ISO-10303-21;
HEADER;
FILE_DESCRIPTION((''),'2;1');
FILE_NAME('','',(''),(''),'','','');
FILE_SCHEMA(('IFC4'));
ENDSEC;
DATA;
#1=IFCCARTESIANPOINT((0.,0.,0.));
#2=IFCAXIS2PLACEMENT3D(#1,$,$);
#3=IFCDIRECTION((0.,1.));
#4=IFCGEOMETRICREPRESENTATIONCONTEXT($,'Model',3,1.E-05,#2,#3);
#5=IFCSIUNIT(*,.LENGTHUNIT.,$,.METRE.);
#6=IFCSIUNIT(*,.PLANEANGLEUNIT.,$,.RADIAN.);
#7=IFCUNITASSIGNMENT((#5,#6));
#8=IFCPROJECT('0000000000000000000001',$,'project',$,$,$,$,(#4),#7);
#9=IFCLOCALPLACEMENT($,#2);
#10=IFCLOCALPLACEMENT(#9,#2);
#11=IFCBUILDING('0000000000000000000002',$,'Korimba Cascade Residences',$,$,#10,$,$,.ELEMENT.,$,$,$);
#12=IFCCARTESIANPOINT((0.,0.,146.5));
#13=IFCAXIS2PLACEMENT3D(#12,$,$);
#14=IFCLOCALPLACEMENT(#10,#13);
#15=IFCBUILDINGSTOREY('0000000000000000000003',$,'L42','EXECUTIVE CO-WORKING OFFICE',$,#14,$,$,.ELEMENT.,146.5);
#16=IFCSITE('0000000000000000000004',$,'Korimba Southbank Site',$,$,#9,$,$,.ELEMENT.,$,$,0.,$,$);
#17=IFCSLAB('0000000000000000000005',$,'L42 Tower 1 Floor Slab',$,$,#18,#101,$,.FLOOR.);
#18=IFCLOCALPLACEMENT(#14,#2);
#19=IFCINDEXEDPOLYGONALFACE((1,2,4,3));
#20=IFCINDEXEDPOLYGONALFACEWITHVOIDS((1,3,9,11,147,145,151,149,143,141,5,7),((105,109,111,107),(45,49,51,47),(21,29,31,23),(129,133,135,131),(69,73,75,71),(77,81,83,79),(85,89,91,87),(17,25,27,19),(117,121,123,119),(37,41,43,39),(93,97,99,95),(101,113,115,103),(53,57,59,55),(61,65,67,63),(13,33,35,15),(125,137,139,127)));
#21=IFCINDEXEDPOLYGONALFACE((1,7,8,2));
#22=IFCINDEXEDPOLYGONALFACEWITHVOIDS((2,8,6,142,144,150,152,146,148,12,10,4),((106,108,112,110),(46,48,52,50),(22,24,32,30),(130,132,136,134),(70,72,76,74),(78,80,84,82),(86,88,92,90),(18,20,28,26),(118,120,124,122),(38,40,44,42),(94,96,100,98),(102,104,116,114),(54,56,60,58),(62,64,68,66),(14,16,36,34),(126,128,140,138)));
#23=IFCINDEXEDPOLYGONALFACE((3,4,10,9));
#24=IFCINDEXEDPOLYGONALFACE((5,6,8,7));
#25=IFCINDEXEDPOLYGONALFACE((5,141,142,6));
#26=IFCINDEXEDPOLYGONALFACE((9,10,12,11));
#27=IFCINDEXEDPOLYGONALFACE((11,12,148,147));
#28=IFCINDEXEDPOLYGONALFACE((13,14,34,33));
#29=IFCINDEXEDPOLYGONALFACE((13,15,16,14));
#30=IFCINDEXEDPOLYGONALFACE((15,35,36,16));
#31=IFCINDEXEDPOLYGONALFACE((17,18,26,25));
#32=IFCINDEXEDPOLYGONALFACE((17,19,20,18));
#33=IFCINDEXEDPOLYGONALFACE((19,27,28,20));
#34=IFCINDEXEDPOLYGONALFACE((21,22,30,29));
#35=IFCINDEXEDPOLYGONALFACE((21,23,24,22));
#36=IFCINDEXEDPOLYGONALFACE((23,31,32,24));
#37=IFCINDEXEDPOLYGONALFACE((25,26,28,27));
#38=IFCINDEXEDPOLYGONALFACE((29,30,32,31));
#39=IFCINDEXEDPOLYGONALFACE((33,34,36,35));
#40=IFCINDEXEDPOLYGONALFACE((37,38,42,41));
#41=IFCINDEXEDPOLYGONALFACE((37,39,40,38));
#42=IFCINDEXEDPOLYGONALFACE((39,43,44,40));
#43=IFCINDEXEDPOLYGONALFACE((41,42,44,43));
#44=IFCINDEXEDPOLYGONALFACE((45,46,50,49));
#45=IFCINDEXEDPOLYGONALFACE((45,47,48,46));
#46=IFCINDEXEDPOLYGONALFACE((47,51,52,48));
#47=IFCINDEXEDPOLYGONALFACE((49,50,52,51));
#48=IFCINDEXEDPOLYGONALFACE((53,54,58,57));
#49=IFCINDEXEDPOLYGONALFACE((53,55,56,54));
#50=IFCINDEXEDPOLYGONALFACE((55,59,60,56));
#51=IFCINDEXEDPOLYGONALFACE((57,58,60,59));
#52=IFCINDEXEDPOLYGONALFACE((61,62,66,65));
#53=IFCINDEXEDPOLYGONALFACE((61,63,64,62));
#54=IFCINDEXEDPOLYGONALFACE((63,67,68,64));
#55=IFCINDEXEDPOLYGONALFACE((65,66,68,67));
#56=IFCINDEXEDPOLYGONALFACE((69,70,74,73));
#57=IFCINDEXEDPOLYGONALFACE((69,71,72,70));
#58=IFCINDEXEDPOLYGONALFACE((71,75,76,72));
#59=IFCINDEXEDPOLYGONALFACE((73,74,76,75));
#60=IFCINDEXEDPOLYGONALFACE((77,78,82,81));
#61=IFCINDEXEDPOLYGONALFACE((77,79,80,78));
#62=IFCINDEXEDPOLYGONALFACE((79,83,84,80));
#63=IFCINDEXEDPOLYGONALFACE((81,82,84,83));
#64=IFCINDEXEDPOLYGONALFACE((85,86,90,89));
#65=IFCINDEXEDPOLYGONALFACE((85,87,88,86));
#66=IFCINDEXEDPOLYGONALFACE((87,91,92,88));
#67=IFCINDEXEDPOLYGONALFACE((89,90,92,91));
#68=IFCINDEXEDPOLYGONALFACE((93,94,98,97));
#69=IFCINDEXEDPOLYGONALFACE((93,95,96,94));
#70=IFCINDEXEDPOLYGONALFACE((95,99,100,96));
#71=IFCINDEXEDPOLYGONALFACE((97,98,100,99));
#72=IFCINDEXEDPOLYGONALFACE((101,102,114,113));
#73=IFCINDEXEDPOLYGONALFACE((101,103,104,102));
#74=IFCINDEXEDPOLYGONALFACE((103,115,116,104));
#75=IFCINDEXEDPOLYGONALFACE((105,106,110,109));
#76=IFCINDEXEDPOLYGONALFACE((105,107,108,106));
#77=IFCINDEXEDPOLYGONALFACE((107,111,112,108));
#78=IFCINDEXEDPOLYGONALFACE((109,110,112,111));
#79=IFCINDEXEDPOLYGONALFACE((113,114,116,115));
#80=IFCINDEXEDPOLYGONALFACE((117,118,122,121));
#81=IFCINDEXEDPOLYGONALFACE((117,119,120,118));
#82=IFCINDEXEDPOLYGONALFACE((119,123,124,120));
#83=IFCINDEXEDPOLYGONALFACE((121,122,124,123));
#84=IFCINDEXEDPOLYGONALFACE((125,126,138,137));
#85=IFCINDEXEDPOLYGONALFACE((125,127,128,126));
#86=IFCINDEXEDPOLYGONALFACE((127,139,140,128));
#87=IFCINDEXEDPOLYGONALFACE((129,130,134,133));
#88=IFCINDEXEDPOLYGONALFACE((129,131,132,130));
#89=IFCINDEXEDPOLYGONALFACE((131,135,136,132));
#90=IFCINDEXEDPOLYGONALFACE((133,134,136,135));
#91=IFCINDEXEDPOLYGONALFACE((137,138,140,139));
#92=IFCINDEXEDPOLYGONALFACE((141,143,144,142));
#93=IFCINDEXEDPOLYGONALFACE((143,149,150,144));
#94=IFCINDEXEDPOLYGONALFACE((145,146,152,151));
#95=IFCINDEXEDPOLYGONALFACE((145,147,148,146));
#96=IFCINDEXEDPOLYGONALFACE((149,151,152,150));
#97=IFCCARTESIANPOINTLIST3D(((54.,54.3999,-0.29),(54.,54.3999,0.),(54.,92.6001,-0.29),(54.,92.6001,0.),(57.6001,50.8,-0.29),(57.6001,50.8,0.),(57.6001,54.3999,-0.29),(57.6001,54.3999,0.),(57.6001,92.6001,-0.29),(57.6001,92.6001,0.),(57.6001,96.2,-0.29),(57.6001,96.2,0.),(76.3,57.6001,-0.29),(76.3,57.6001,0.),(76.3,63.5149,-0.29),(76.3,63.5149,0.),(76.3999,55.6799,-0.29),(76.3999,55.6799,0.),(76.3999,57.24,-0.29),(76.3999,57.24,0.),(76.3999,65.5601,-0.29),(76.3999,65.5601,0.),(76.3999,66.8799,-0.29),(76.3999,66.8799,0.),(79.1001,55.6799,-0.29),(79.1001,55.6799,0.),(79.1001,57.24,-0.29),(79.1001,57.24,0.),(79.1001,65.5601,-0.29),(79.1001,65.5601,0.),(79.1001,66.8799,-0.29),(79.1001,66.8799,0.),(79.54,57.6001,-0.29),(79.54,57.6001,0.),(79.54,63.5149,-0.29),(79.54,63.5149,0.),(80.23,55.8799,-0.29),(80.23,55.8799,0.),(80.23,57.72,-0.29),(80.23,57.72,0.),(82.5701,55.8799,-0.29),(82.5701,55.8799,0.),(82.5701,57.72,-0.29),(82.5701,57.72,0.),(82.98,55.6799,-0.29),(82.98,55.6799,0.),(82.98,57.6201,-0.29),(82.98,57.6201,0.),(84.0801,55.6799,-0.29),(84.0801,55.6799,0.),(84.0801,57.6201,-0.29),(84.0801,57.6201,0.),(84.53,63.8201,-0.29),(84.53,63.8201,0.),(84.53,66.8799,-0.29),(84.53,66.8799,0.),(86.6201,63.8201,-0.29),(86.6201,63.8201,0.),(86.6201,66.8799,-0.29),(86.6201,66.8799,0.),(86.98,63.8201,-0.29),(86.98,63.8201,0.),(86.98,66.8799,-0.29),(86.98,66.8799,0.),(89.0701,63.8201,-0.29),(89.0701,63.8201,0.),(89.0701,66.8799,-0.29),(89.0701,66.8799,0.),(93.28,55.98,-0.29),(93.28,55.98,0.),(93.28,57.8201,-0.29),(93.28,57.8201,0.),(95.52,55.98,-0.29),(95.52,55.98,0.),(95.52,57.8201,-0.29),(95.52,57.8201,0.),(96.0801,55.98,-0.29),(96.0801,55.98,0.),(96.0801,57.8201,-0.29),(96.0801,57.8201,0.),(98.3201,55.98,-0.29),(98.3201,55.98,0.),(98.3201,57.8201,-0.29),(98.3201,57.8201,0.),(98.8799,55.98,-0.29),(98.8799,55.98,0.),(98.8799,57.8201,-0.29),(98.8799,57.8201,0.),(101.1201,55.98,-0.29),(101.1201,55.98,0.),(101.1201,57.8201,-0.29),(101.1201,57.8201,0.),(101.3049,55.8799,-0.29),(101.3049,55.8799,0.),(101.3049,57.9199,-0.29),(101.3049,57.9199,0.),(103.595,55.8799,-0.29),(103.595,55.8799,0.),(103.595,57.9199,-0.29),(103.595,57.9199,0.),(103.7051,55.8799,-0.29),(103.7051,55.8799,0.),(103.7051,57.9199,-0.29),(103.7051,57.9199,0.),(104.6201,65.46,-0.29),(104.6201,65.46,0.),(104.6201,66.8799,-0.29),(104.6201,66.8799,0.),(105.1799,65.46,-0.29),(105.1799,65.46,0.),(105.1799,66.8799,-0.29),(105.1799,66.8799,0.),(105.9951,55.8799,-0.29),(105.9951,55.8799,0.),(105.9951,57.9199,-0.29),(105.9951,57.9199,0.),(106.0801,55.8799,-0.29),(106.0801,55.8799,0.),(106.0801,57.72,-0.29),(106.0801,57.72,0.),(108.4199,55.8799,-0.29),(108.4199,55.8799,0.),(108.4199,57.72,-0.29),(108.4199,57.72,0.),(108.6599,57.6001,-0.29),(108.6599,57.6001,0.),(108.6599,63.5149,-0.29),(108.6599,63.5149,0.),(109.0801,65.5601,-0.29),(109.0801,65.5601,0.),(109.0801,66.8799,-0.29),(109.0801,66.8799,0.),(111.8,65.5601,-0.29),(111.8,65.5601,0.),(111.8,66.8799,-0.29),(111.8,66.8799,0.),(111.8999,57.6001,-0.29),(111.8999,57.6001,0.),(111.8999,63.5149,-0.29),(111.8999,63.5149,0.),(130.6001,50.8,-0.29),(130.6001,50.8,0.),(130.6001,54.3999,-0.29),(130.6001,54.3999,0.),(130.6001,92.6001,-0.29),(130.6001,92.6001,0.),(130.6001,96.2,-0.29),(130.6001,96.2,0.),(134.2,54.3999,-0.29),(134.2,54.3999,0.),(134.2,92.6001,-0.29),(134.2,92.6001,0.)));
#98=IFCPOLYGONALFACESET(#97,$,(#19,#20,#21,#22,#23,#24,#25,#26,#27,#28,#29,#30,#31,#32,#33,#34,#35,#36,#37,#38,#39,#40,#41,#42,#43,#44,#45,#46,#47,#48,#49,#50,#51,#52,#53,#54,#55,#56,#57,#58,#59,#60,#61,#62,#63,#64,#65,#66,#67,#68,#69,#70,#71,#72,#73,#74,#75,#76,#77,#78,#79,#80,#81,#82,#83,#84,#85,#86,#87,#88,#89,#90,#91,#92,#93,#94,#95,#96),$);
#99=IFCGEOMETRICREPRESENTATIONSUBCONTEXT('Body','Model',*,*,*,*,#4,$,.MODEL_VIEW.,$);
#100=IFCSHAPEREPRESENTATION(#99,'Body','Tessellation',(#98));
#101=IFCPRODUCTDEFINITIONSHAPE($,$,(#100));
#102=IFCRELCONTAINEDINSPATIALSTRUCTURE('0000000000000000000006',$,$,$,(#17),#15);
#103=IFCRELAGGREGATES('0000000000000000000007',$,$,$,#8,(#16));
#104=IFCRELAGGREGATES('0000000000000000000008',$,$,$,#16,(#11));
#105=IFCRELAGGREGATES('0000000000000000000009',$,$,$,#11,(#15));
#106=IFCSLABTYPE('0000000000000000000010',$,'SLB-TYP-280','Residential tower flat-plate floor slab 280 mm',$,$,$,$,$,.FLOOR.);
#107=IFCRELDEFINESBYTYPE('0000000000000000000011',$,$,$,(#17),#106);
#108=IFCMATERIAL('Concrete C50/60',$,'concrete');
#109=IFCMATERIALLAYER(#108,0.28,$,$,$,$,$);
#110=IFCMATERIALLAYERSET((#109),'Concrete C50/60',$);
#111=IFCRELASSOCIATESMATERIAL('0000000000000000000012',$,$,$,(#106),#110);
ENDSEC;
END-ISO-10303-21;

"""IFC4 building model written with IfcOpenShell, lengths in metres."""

from ifc_helpers import new_model, si_unit, direction, frame, origin, place, context, subcontext, project, spatial, polyline, outline, extrude, material, layer, layer_set, type_object, element, save


model = new_model("IFC4")

# Units and contexts
model_context = context("Model", 3, precision=1e-05, world=origin(), true_north=direction((0.0, 1.0)))
body_context = subcontext(model_context, "Body", "Model", "MODEL_VIEW")
ifc_project = project(units=[si_unit("LENGTHUNIT", "METRE"), si_unit("PLANEANGLEUNIT", "RADIAN")], contexts=[model_context])

# Site, building, storey
site_placement = place(None, origin())
site = spatial("IfcSite", under=ifc_project, at=site_placement, Name="Korimba Southbank Site", CompositionType="ELEMENT", RefElevation=0.0)
building_placement = place(site_placement, origin())
building = spatial("IfcBuilding", under=site, at=building_placement, Name="Korimba Cascade Residences", CompositionType="ELEMENT")
storey_placement = place(building_placement, frame((0.0, 0.0, 146.5)))
storey = spatial("IfcBuildingStorey", under=building, at=storey_placement, Name="L42", Description="EXECUTIVE CO-WORKING OFFICE", CompositionType="ELEMENT", Elevation=146.5)

# Shared definitions
ifc_material_1 = material(Name="Concrete C50/60", Category="concrete")

# Slab
ifc_layer_1 = layer(ifc_material_1, 0.28)
ifc_layer_set_1 = layer_set([ifc_layer_1], Name="Concrete C50/60")
slab_type_1 = type_object("IfcSlabType", Name="SLB-TYP-280", Description="Residential tower flat-plate floor slab 280 mm", PredefinedType="FLOOR", material=ifc_layer_set_1)
slab_1_placement = place(storey_placement, frame((0.0, 0.0, -0.29)))
element("IfcSlab", 1, at=slab_1_placement, inside=storey, type_object=slab_type_1, Name="L42 Tower 1 Floor Slab", PredefinedType="FLOOR", context=body_context, shape_type="SweptSolid", body=[
    extrude(outline(polyline([(57.6001, 50.8), (130.6001, 50.8), (130.6001, 54.3999), (134.2, 54.3999), (134.2, 92.6001), (130.6001, 92.6001), (130.6001, 96.2), (57.6001, 96.2), (57.6001, 92.6001), (54.0, 92.6001), (54.0, 54.3999), (57.6001, 54.3999), (57.6001, 50.8)]), holes=[polyline([(76.3, 63.5149), (76.3, 57.6001), (79.54, 57.6001), (79.54, 63.5149), (76.3, 63.5149)]), polyline([(108.6599, 63.5149), (108.6599, 57.6001), (111.8999, 57.6001), (111.8999, 63.5149), (108.6599, 63.5149)]), polyline([(80.23, 55.8799), (82.5701, 55.8799), (82.5701, 57.72), (80.23, 57.72), (80.23, 55.8799)]), polyline([(106.0801, 55.8799), (108.4199, 55.8799), (108.4199, 57.72), (106.0801, 57.72), (106.0801, 55.8799)]), polyline([(93.28, 55.98), (95.52, 55.98), (95.52, 57.8201), (93.28, 57.8201), (93.28, 55.98)]), polyline([(96.0801, 55.98), (98.3201, 55.98), (98.3201, 57.8201), (96.0801, 57.8201), (96.0801, 55.98)]), polyline([(98.8799, 55.98), (101.1201, 55.98), (101.1201, 57.8201), (98.8799, 57.8201), (98.8799, 55.98)]), polyline([(101.3049, 55.8799), (103.595, 55.8799), (103.595, 57.9199), (101.3049, 57.9199), (101.3049, 55.8799)]), polyline([(103.7051, 55.8799), (105.9951, 55.8799), (105.9951, 57.9199), (103.7051, 57.9199), (103.7051, 55.8799)]), polyline([(82.98, 55.6799), (84.0801, 55.6799), (84.0801, 57.6201), (82.98, 57.6201), (82.98, 55.6799)]), polyline([(76.3999, 65.5601), (79.1001, 65.5601), (79.1001, 66.8799), (76.3999, 66.8799), (76.3999, 65.5601)]), polyline([(76.3999, 55.6799), (79.1001, 55.6799), (79.1001, 57.24), (76.3999, 57.24), (76.3999, 55.6799)]), polyline([(84.53, 63.8201), (86.6201, 63.8201), (86.6201, 66.8799), (84.53, 66.8799), (84.53, 63.8201)]), polyline([(86.98, 63.8201), (89.0701, 63.8201), (89.0701, 66.8799), (86.98, 66.8799), (86.98, 63.8201)]), polyline([(104.6201, 65.46), (105.1799, 65.46), (105.1799, 66.8799), (104.6201, 66.8799), (104.6201, 65.46)]), polyline([(109.0801, 65.5601), (111.8, 65.5601), (111.8, 66.8799), (109.0801, 66.8799), (109.0801, 65.5601)])]), origin(), (0.0, 0.0, 1.0), 0.29),
])

save(model, "model.ifc")
